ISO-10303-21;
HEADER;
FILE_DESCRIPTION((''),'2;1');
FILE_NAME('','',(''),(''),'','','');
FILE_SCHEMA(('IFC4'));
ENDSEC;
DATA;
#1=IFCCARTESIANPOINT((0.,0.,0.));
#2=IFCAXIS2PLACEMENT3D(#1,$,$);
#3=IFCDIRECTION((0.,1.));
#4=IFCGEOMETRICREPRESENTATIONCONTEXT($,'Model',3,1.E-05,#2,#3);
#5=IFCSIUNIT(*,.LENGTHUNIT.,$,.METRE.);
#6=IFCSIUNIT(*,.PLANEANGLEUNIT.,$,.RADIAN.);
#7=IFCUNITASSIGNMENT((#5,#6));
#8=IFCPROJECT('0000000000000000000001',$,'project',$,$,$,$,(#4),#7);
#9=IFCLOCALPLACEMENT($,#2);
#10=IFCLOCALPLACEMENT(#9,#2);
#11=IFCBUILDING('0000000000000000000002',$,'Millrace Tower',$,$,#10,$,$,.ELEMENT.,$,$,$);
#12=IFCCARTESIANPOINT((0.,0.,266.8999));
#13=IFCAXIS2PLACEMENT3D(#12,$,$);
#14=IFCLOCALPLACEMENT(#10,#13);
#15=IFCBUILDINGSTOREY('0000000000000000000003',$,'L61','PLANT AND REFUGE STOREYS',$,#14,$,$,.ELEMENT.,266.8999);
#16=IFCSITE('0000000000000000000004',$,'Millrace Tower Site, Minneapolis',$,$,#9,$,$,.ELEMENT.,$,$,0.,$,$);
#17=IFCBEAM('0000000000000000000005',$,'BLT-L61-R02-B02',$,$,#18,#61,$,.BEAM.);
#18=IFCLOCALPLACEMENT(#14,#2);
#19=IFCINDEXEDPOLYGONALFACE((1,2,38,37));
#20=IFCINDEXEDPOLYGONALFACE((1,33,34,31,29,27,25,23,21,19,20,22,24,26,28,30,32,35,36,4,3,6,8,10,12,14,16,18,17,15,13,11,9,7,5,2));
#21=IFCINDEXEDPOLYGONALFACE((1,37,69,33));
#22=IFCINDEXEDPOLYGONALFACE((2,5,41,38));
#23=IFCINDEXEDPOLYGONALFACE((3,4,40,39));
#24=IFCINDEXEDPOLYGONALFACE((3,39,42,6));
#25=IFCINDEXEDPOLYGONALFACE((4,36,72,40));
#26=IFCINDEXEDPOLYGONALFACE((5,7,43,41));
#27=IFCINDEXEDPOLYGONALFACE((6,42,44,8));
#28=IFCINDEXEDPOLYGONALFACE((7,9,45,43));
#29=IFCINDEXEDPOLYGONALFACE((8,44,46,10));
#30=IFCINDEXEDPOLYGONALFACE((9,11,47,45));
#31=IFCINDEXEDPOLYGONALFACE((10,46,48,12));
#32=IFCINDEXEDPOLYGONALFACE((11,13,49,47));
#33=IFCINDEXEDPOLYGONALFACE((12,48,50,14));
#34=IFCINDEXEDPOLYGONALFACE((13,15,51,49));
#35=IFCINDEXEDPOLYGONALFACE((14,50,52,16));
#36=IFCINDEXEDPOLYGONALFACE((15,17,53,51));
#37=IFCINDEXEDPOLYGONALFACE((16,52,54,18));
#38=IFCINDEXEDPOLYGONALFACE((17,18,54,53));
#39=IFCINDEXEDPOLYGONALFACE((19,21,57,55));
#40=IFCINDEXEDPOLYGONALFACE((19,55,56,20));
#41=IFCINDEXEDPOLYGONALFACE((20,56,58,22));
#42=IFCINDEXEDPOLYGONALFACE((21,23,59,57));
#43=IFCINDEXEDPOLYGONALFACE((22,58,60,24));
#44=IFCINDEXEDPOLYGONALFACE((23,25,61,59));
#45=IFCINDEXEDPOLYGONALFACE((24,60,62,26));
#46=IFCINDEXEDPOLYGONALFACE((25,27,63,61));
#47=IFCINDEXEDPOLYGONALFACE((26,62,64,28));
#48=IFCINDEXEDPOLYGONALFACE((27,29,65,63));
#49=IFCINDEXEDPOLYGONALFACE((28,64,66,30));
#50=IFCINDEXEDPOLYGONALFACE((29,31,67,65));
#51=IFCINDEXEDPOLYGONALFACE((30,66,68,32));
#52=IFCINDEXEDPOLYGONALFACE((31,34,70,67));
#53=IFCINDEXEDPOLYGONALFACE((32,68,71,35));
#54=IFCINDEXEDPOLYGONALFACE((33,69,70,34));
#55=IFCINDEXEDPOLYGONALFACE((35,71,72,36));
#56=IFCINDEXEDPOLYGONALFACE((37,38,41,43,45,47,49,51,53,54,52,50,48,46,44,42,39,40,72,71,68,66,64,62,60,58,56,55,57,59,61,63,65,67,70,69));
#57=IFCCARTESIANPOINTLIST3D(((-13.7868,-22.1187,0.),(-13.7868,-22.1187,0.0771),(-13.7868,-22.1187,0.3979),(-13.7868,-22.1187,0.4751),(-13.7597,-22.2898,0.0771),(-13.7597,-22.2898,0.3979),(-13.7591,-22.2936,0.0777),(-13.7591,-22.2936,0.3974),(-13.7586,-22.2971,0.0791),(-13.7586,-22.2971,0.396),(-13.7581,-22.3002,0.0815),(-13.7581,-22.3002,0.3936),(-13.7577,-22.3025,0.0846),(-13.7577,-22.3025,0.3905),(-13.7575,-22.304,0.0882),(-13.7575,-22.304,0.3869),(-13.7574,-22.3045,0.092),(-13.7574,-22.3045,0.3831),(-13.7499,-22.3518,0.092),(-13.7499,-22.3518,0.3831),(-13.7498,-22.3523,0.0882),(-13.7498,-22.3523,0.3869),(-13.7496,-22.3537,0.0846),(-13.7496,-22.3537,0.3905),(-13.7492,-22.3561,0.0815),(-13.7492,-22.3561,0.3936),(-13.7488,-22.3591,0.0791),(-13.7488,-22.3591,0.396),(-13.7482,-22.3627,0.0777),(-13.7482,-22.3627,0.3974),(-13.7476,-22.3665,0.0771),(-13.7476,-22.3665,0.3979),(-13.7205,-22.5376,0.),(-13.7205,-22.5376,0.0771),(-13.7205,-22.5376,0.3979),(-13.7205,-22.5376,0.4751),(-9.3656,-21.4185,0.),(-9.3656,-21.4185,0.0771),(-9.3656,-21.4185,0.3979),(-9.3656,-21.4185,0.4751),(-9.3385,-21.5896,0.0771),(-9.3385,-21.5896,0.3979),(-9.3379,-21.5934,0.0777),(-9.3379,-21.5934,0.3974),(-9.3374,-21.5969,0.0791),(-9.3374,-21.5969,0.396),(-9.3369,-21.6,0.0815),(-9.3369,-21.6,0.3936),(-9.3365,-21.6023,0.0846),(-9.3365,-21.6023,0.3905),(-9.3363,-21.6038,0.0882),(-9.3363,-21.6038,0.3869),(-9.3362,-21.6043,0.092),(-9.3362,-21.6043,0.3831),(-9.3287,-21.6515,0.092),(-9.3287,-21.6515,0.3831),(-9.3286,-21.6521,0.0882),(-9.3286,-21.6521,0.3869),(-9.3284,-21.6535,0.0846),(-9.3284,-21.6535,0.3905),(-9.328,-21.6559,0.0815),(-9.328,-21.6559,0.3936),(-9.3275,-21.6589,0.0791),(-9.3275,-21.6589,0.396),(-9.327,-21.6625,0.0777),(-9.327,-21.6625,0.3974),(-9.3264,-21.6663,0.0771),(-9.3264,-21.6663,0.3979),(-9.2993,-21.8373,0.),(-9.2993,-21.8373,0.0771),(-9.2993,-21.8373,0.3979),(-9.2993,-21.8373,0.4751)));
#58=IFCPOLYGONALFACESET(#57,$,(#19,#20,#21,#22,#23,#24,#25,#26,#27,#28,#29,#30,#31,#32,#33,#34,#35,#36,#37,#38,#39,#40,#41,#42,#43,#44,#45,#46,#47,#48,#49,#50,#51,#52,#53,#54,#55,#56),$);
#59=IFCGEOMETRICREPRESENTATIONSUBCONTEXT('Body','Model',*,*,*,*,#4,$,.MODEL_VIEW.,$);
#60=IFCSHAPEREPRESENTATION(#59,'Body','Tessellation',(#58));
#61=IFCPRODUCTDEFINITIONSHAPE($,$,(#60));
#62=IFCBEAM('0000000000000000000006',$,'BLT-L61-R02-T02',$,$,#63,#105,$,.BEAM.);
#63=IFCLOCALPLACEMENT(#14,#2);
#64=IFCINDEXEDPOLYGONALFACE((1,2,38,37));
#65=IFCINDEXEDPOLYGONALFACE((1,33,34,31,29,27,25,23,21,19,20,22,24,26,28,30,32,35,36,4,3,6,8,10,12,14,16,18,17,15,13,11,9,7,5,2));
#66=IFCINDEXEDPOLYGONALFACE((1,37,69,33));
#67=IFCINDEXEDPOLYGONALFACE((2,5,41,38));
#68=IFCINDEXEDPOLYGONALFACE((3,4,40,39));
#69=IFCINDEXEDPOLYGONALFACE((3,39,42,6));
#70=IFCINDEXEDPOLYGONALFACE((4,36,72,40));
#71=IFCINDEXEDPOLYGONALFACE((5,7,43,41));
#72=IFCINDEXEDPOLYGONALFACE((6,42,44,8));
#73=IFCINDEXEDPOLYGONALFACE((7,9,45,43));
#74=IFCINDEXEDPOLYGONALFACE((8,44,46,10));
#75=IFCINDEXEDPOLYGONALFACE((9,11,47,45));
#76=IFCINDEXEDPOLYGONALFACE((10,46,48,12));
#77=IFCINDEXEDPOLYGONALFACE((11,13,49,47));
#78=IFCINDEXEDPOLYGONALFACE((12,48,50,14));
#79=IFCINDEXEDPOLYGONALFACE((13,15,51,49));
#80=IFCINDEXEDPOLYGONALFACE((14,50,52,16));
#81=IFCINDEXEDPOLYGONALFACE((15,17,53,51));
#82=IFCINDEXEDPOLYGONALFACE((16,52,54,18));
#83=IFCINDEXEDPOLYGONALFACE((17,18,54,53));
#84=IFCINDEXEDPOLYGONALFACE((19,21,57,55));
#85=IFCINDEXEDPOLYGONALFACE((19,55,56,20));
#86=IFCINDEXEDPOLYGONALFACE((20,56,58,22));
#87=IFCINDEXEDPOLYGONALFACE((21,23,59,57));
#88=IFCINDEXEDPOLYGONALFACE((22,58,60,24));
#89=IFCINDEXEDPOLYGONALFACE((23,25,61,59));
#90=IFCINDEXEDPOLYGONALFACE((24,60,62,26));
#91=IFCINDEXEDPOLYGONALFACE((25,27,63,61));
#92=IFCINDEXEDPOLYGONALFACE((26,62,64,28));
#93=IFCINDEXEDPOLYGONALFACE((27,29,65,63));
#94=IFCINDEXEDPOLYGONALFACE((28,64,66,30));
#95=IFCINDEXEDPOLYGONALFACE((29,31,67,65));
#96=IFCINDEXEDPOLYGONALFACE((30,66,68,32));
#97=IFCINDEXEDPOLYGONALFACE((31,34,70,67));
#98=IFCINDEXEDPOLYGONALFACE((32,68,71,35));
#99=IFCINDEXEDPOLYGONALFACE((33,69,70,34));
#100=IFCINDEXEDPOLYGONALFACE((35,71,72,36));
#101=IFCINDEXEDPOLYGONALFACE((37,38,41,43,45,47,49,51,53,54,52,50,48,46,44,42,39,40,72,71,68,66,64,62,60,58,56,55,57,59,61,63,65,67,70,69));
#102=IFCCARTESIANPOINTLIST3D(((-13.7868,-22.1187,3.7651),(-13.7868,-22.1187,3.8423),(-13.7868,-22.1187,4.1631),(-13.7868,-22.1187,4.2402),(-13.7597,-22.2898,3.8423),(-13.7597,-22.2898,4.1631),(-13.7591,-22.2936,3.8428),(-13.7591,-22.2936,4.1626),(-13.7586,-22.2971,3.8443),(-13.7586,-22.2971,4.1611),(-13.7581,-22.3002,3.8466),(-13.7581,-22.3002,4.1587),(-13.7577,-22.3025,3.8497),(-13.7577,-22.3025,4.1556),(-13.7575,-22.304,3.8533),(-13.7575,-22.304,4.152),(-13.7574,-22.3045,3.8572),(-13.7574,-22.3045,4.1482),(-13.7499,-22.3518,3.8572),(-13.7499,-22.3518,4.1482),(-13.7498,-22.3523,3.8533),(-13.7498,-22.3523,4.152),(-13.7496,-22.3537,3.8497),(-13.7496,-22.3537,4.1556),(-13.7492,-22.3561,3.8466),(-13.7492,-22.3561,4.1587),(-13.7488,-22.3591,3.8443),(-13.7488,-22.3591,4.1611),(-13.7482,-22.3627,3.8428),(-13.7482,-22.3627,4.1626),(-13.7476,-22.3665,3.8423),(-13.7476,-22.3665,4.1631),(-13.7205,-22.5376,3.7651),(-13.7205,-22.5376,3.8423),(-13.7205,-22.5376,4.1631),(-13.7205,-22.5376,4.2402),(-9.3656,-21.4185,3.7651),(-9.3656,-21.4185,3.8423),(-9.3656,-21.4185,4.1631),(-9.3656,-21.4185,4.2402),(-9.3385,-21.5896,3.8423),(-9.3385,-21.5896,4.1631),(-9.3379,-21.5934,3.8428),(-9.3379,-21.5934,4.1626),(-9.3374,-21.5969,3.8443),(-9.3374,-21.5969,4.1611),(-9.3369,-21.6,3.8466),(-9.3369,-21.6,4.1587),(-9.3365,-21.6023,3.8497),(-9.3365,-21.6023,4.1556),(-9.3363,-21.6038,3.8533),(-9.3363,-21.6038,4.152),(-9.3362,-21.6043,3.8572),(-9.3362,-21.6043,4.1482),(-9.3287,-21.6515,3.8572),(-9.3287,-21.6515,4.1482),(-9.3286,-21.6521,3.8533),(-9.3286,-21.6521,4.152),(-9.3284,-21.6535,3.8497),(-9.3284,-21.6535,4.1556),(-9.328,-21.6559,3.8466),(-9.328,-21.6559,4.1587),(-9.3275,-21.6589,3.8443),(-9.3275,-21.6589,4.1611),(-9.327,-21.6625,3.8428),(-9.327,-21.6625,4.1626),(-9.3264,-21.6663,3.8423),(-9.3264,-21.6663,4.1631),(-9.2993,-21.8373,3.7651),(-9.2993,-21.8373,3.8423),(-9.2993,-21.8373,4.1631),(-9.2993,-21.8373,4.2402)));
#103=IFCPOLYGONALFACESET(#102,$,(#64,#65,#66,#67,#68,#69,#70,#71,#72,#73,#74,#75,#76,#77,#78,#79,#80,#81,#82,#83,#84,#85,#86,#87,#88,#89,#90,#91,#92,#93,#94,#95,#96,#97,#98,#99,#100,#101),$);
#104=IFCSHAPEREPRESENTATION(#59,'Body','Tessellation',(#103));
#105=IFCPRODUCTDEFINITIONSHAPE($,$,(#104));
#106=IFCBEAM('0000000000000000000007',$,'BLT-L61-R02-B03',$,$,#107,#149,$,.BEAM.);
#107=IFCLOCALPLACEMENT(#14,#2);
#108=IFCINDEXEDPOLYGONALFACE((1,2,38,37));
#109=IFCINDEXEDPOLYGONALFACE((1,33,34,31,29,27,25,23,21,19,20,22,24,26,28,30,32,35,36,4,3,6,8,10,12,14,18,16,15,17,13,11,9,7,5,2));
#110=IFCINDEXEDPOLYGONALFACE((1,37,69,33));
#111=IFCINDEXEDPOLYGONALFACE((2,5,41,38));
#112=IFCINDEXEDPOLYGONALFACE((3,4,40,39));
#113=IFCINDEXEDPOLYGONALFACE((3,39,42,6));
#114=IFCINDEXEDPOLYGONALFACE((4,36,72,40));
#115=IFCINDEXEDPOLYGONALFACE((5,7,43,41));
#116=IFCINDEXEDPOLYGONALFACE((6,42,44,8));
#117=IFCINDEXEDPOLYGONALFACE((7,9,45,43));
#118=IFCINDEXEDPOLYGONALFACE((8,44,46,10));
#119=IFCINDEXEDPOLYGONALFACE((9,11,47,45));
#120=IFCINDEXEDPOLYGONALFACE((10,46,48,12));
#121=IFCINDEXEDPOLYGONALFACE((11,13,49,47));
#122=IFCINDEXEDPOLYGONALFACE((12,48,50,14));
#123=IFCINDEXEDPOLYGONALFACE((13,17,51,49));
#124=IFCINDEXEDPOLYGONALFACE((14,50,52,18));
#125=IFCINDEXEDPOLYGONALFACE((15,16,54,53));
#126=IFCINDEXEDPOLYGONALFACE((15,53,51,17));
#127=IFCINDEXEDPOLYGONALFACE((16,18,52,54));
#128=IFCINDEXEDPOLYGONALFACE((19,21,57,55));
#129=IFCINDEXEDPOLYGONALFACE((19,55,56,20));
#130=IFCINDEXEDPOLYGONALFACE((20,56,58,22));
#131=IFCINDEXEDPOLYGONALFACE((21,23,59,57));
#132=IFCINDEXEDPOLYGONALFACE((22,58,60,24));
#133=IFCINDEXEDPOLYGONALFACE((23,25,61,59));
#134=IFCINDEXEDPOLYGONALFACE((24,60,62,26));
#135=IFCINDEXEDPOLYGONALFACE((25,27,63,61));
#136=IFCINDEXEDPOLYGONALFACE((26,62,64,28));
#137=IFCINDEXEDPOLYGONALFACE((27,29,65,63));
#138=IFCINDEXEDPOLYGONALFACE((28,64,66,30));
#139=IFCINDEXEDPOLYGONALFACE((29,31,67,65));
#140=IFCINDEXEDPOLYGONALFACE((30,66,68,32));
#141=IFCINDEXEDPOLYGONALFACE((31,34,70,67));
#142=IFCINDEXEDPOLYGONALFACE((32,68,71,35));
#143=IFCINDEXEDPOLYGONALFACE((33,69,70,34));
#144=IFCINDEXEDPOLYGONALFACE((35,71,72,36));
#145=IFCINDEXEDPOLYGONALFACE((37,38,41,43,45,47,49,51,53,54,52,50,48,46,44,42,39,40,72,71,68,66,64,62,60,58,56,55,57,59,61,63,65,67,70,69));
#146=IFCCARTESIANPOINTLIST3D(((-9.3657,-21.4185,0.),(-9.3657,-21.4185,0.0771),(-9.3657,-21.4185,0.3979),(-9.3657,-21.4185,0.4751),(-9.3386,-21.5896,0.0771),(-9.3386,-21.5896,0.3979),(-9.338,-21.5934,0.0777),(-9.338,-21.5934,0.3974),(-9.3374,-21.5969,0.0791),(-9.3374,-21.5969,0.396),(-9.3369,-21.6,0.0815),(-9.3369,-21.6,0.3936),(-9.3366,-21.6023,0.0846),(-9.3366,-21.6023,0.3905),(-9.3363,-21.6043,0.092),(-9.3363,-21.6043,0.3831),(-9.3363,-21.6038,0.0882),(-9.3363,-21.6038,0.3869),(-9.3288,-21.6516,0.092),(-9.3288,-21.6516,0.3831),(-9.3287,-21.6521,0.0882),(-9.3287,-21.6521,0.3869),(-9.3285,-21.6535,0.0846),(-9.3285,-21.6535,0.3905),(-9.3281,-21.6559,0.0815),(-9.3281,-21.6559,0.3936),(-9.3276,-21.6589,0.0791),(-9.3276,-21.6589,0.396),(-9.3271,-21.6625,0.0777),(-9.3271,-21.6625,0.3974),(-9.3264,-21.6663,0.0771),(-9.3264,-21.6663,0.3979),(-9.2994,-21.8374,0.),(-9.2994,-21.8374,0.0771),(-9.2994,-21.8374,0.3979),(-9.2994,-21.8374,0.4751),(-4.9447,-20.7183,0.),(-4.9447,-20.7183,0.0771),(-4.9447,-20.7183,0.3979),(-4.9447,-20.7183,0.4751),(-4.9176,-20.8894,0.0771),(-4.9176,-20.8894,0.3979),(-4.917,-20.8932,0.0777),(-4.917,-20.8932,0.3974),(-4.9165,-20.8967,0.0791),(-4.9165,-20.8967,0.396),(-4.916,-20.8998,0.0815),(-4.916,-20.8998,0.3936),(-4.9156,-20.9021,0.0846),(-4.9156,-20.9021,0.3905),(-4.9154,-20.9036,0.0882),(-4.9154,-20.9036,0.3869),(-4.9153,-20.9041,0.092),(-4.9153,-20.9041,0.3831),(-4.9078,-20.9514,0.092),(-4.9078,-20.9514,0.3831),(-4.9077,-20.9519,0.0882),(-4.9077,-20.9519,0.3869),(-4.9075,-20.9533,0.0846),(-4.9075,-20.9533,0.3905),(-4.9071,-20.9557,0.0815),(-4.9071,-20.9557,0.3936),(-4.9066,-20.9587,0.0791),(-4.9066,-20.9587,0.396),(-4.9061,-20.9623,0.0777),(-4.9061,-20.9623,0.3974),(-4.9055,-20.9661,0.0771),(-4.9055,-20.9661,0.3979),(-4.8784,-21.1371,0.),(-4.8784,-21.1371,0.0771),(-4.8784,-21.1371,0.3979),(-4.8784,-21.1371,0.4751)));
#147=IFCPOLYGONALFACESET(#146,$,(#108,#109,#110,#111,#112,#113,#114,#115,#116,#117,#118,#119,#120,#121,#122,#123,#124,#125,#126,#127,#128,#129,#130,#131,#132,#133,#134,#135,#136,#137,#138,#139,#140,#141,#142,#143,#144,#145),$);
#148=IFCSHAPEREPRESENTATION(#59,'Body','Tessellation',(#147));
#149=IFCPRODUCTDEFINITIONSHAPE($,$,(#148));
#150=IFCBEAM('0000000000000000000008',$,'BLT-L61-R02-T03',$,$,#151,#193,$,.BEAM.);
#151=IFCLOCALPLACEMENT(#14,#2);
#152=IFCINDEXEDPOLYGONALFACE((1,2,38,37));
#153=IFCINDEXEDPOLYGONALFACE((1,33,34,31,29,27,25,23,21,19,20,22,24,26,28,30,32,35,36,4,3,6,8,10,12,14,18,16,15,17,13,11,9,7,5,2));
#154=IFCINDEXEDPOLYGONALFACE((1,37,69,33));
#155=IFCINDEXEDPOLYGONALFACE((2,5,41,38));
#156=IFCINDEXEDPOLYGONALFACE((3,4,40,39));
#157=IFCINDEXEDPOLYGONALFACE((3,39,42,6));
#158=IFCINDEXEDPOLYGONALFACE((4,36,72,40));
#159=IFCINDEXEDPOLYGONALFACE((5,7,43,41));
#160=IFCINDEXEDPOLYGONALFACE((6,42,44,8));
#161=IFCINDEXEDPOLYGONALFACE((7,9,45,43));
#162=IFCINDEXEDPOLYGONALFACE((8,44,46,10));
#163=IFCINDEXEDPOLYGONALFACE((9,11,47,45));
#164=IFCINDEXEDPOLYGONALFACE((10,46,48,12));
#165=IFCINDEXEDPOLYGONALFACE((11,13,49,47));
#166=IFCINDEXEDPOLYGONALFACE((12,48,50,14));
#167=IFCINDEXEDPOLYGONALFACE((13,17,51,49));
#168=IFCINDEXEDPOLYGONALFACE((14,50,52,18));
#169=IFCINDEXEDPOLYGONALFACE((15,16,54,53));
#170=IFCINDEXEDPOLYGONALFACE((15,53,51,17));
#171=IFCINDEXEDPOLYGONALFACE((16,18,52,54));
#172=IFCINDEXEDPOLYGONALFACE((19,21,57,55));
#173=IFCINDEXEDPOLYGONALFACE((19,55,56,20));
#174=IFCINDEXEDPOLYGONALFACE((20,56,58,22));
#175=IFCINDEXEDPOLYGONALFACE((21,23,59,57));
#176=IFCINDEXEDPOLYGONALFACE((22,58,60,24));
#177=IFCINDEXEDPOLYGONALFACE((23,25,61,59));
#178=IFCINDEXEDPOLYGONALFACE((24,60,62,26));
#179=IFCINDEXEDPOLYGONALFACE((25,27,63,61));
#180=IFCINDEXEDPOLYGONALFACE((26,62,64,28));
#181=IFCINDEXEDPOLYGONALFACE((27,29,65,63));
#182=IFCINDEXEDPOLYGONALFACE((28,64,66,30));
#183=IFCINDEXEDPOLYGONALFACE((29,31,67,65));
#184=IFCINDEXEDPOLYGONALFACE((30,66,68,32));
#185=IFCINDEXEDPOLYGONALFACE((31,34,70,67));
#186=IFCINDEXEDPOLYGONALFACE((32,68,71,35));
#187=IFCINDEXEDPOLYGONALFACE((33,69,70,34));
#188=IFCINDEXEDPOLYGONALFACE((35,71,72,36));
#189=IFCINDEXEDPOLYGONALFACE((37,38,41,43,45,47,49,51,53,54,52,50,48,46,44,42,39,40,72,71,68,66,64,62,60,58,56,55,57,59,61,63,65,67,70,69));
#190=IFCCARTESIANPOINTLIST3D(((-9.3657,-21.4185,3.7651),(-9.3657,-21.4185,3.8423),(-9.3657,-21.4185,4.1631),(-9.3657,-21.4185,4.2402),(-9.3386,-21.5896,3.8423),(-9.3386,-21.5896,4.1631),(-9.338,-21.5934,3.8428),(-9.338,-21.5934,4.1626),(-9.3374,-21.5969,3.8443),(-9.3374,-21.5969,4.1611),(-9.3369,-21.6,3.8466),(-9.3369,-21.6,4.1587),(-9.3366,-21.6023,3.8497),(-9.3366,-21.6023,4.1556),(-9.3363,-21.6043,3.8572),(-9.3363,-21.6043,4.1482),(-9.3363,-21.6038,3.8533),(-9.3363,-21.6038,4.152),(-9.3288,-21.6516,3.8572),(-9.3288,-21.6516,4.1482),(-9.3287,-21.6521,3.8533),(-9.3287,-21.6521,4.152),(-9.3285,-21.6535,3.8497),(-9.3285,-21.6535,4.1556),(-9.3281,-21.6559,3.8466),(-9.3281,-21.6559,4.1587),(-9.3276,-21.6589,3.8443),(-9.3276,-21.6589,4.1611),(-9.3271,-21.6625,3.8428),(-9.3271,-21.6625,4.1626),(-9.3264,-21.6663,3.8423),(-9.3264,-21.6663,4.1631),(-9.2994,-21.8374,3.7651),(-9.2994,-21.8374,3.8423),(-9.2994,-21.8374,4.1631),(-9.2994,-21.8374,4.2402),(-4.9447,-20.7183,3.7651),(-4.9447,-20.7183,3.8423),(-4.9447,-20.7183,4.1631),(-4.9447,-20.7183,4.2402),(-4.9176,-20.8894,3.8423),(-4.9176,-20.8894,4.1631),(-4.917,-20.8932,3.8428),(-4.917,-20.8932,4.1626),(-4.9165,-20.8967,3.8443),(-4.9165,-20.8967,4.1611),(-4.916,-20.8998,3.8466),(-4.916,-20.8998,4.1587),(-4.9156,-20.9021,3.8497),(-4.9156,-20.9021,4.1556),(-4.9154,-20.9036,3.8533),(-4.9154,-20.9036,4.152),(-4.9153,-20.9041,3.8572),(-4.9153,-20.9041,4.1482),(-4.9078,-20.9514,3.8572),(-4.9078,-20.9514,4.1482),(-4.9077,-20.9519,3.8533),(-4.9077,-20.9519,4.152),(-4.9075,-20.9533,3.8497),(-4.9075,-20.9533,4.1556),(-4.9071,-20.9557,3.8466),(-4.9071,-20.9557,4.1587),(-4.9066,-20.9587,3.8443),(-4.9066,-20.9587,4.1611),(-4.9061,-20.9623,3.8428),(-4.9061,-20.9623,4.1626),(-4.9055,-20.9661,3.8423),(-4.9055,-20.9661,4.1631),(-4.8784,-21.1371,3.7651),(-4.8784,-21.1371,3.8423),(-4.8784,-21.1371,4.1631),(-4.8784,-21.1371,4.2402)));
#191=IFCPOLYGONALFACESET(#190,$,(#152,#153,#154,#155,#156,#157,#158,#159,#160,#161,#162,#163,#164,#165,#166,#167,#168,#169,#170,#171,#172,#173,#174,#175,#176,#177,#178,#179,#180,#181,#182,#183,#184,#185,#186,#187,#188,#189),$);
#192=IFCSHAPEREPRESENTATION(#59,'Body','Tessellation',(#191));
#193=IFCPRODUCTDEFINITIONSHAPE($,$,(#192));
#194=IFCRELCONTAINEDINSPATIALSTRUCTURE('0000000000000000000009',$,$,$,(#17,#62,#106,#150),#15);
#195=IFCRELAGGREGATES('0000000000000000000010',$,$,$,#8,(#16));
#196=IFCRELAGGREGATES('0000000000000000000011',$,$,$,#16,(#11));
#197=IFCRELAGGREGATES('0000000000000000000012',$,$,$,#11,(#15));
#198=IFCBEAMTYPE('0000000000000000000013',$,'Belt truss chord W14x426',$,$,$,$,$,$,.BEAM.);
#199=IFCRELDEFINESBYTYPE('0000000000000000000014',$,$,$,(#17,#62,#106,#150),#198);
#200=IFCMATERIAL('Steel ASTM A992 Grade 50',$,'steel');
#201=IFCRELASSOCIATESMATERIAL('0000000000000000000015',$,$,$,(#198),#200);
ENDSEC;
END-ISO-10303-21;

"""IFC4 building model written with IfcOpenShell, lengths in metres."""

from ifc_helpers import new_model, si_unit, direction, frame, origin, origin_2d, place, context, subcontext, project, spatial, i_section, extrude, material, material_profile, profile_set, type_object, element, save


model = new_model("IFC4")

# Units and contexts
model_context = context("Model", 3, precision=1e-05, world=origin(), true_north=direction((0.0, 1.0)))
body_context = subcontext(model_context, "Body", "Model", "MODEL_VIEW")
ifc_project = project(units=[si_unit("LENGTHUNIT", "METRE"), si_unit("PLANEANGLEUNIT", "RADIAN")], contexts=[model_context])

# Site, building, storey
site_placement = place(None, origin())
site = spatial("IfcSite", under=ifc_project, at=site_placement, Name="Millrace Tower Site, Minneapolis", CompositionType="ELEMENT", RefElevation=0.0)
building_placement = place(site_placement, origin())
building = spatial("IfcBuilding", under=site, at=building_placement, Name="Millrace Tower", CompositionType="ELEMENT")
storey_placement = place(building_placement, frame((0.0, 0.0, 266.8999)))
storey = spatial("IfcBuildingStorey", under=building, at=storey_placement, Name="L61", Description="PLANT AND REFUGE STOREYS", CompositionType="ELEMENT", Elevation=266.8999)

# Beams
ifc_material_1 = material(Name="Steel ASTM A992 Grade 50", Category="steel")
ifc_material_profile_1 = material_profile(ifc_material_1, i_section(OverallWidth=0.4241, OverallDepth=0.4751, WebThickness=0.0479, FlangeThickness=0.0771, FilletRadius=0.0149, at=origin_2d()))
ifc_profile_set_1 = profile_set([ifc_material_profile_1], Name="Steel ASTM A992 Grade 50")
beam_type_1 = type_object("IfcBeamType", Name="Belt truss chord W14x426", PredefinedType="BEAM", material=ifc_profile_set_1)
for number, where, z_axis, x_axis, name in (
    (1, (-13.7537, -22.3281, 0.2375), (0.98769, 0.156425, 0.0), (-0.156425, 0.98769, 0.0), "BLT-L61-R02-B02"),
    (2, (-13.7537, -22.3281, 4.0027), (0.98769, 0.156425, 0.0), (-0.156425, 0.98769, 0.0), "BLT-L61-R02-T02"),
):
    element("IfcBeam", number, at=place(storey_placement, frame(where, z_axis=z_axis, x_axis=x_axis)), inside=storey, type_object=beam_type_1, Name=name, PredefinedType="BEAM", context=body_context, shape_type="SweptSolid", body=[
        extrude(i_section(OverallWidth=0.4241, OverallDepth=0.4751, WebThickness=0.0479, FlangeThickness=0.0771, FilletRadius=0.0149, at=origin_2d()), origin(), (0.0, 0.0, 1.0), 4.4763),
    ])
for number, where, z_axis, x_axis, name in (
    (3, (-9.3325, -21.6279, 0.2375), (0.987689, 0.156433, 0.0), (-0.156433, 0.987689, 0.0), "BLT-L61-R02-B03"),
    (4, (-9.3325, -21.6279, 4.0027), (0.987689, 0.156433, 0.0), (-0.156433, 0.987689, 0.0), "BLT-L61-R02-T03"),
):
    element("IfcBeam", number, at=place(storey_placement, frame(where, z_axis=z_axis, x_axis=x_axis)), inside=storey, type_object=beam_type_1, Name=name, PredefinedType="BEAM", context=body_context, shape_type="SweptSolid", body=[
        extrude(i_section(OverallWidth=0.4241, OverallDepth=0.4751, WebThickness=0.0479, FlangeThickness=0.0771, FilletRadius=0.0149, at=origin_2d()), origin(), (0.0, 0.0, 1.0), 4.4761),
    ])

save(model, "model.ifc")
